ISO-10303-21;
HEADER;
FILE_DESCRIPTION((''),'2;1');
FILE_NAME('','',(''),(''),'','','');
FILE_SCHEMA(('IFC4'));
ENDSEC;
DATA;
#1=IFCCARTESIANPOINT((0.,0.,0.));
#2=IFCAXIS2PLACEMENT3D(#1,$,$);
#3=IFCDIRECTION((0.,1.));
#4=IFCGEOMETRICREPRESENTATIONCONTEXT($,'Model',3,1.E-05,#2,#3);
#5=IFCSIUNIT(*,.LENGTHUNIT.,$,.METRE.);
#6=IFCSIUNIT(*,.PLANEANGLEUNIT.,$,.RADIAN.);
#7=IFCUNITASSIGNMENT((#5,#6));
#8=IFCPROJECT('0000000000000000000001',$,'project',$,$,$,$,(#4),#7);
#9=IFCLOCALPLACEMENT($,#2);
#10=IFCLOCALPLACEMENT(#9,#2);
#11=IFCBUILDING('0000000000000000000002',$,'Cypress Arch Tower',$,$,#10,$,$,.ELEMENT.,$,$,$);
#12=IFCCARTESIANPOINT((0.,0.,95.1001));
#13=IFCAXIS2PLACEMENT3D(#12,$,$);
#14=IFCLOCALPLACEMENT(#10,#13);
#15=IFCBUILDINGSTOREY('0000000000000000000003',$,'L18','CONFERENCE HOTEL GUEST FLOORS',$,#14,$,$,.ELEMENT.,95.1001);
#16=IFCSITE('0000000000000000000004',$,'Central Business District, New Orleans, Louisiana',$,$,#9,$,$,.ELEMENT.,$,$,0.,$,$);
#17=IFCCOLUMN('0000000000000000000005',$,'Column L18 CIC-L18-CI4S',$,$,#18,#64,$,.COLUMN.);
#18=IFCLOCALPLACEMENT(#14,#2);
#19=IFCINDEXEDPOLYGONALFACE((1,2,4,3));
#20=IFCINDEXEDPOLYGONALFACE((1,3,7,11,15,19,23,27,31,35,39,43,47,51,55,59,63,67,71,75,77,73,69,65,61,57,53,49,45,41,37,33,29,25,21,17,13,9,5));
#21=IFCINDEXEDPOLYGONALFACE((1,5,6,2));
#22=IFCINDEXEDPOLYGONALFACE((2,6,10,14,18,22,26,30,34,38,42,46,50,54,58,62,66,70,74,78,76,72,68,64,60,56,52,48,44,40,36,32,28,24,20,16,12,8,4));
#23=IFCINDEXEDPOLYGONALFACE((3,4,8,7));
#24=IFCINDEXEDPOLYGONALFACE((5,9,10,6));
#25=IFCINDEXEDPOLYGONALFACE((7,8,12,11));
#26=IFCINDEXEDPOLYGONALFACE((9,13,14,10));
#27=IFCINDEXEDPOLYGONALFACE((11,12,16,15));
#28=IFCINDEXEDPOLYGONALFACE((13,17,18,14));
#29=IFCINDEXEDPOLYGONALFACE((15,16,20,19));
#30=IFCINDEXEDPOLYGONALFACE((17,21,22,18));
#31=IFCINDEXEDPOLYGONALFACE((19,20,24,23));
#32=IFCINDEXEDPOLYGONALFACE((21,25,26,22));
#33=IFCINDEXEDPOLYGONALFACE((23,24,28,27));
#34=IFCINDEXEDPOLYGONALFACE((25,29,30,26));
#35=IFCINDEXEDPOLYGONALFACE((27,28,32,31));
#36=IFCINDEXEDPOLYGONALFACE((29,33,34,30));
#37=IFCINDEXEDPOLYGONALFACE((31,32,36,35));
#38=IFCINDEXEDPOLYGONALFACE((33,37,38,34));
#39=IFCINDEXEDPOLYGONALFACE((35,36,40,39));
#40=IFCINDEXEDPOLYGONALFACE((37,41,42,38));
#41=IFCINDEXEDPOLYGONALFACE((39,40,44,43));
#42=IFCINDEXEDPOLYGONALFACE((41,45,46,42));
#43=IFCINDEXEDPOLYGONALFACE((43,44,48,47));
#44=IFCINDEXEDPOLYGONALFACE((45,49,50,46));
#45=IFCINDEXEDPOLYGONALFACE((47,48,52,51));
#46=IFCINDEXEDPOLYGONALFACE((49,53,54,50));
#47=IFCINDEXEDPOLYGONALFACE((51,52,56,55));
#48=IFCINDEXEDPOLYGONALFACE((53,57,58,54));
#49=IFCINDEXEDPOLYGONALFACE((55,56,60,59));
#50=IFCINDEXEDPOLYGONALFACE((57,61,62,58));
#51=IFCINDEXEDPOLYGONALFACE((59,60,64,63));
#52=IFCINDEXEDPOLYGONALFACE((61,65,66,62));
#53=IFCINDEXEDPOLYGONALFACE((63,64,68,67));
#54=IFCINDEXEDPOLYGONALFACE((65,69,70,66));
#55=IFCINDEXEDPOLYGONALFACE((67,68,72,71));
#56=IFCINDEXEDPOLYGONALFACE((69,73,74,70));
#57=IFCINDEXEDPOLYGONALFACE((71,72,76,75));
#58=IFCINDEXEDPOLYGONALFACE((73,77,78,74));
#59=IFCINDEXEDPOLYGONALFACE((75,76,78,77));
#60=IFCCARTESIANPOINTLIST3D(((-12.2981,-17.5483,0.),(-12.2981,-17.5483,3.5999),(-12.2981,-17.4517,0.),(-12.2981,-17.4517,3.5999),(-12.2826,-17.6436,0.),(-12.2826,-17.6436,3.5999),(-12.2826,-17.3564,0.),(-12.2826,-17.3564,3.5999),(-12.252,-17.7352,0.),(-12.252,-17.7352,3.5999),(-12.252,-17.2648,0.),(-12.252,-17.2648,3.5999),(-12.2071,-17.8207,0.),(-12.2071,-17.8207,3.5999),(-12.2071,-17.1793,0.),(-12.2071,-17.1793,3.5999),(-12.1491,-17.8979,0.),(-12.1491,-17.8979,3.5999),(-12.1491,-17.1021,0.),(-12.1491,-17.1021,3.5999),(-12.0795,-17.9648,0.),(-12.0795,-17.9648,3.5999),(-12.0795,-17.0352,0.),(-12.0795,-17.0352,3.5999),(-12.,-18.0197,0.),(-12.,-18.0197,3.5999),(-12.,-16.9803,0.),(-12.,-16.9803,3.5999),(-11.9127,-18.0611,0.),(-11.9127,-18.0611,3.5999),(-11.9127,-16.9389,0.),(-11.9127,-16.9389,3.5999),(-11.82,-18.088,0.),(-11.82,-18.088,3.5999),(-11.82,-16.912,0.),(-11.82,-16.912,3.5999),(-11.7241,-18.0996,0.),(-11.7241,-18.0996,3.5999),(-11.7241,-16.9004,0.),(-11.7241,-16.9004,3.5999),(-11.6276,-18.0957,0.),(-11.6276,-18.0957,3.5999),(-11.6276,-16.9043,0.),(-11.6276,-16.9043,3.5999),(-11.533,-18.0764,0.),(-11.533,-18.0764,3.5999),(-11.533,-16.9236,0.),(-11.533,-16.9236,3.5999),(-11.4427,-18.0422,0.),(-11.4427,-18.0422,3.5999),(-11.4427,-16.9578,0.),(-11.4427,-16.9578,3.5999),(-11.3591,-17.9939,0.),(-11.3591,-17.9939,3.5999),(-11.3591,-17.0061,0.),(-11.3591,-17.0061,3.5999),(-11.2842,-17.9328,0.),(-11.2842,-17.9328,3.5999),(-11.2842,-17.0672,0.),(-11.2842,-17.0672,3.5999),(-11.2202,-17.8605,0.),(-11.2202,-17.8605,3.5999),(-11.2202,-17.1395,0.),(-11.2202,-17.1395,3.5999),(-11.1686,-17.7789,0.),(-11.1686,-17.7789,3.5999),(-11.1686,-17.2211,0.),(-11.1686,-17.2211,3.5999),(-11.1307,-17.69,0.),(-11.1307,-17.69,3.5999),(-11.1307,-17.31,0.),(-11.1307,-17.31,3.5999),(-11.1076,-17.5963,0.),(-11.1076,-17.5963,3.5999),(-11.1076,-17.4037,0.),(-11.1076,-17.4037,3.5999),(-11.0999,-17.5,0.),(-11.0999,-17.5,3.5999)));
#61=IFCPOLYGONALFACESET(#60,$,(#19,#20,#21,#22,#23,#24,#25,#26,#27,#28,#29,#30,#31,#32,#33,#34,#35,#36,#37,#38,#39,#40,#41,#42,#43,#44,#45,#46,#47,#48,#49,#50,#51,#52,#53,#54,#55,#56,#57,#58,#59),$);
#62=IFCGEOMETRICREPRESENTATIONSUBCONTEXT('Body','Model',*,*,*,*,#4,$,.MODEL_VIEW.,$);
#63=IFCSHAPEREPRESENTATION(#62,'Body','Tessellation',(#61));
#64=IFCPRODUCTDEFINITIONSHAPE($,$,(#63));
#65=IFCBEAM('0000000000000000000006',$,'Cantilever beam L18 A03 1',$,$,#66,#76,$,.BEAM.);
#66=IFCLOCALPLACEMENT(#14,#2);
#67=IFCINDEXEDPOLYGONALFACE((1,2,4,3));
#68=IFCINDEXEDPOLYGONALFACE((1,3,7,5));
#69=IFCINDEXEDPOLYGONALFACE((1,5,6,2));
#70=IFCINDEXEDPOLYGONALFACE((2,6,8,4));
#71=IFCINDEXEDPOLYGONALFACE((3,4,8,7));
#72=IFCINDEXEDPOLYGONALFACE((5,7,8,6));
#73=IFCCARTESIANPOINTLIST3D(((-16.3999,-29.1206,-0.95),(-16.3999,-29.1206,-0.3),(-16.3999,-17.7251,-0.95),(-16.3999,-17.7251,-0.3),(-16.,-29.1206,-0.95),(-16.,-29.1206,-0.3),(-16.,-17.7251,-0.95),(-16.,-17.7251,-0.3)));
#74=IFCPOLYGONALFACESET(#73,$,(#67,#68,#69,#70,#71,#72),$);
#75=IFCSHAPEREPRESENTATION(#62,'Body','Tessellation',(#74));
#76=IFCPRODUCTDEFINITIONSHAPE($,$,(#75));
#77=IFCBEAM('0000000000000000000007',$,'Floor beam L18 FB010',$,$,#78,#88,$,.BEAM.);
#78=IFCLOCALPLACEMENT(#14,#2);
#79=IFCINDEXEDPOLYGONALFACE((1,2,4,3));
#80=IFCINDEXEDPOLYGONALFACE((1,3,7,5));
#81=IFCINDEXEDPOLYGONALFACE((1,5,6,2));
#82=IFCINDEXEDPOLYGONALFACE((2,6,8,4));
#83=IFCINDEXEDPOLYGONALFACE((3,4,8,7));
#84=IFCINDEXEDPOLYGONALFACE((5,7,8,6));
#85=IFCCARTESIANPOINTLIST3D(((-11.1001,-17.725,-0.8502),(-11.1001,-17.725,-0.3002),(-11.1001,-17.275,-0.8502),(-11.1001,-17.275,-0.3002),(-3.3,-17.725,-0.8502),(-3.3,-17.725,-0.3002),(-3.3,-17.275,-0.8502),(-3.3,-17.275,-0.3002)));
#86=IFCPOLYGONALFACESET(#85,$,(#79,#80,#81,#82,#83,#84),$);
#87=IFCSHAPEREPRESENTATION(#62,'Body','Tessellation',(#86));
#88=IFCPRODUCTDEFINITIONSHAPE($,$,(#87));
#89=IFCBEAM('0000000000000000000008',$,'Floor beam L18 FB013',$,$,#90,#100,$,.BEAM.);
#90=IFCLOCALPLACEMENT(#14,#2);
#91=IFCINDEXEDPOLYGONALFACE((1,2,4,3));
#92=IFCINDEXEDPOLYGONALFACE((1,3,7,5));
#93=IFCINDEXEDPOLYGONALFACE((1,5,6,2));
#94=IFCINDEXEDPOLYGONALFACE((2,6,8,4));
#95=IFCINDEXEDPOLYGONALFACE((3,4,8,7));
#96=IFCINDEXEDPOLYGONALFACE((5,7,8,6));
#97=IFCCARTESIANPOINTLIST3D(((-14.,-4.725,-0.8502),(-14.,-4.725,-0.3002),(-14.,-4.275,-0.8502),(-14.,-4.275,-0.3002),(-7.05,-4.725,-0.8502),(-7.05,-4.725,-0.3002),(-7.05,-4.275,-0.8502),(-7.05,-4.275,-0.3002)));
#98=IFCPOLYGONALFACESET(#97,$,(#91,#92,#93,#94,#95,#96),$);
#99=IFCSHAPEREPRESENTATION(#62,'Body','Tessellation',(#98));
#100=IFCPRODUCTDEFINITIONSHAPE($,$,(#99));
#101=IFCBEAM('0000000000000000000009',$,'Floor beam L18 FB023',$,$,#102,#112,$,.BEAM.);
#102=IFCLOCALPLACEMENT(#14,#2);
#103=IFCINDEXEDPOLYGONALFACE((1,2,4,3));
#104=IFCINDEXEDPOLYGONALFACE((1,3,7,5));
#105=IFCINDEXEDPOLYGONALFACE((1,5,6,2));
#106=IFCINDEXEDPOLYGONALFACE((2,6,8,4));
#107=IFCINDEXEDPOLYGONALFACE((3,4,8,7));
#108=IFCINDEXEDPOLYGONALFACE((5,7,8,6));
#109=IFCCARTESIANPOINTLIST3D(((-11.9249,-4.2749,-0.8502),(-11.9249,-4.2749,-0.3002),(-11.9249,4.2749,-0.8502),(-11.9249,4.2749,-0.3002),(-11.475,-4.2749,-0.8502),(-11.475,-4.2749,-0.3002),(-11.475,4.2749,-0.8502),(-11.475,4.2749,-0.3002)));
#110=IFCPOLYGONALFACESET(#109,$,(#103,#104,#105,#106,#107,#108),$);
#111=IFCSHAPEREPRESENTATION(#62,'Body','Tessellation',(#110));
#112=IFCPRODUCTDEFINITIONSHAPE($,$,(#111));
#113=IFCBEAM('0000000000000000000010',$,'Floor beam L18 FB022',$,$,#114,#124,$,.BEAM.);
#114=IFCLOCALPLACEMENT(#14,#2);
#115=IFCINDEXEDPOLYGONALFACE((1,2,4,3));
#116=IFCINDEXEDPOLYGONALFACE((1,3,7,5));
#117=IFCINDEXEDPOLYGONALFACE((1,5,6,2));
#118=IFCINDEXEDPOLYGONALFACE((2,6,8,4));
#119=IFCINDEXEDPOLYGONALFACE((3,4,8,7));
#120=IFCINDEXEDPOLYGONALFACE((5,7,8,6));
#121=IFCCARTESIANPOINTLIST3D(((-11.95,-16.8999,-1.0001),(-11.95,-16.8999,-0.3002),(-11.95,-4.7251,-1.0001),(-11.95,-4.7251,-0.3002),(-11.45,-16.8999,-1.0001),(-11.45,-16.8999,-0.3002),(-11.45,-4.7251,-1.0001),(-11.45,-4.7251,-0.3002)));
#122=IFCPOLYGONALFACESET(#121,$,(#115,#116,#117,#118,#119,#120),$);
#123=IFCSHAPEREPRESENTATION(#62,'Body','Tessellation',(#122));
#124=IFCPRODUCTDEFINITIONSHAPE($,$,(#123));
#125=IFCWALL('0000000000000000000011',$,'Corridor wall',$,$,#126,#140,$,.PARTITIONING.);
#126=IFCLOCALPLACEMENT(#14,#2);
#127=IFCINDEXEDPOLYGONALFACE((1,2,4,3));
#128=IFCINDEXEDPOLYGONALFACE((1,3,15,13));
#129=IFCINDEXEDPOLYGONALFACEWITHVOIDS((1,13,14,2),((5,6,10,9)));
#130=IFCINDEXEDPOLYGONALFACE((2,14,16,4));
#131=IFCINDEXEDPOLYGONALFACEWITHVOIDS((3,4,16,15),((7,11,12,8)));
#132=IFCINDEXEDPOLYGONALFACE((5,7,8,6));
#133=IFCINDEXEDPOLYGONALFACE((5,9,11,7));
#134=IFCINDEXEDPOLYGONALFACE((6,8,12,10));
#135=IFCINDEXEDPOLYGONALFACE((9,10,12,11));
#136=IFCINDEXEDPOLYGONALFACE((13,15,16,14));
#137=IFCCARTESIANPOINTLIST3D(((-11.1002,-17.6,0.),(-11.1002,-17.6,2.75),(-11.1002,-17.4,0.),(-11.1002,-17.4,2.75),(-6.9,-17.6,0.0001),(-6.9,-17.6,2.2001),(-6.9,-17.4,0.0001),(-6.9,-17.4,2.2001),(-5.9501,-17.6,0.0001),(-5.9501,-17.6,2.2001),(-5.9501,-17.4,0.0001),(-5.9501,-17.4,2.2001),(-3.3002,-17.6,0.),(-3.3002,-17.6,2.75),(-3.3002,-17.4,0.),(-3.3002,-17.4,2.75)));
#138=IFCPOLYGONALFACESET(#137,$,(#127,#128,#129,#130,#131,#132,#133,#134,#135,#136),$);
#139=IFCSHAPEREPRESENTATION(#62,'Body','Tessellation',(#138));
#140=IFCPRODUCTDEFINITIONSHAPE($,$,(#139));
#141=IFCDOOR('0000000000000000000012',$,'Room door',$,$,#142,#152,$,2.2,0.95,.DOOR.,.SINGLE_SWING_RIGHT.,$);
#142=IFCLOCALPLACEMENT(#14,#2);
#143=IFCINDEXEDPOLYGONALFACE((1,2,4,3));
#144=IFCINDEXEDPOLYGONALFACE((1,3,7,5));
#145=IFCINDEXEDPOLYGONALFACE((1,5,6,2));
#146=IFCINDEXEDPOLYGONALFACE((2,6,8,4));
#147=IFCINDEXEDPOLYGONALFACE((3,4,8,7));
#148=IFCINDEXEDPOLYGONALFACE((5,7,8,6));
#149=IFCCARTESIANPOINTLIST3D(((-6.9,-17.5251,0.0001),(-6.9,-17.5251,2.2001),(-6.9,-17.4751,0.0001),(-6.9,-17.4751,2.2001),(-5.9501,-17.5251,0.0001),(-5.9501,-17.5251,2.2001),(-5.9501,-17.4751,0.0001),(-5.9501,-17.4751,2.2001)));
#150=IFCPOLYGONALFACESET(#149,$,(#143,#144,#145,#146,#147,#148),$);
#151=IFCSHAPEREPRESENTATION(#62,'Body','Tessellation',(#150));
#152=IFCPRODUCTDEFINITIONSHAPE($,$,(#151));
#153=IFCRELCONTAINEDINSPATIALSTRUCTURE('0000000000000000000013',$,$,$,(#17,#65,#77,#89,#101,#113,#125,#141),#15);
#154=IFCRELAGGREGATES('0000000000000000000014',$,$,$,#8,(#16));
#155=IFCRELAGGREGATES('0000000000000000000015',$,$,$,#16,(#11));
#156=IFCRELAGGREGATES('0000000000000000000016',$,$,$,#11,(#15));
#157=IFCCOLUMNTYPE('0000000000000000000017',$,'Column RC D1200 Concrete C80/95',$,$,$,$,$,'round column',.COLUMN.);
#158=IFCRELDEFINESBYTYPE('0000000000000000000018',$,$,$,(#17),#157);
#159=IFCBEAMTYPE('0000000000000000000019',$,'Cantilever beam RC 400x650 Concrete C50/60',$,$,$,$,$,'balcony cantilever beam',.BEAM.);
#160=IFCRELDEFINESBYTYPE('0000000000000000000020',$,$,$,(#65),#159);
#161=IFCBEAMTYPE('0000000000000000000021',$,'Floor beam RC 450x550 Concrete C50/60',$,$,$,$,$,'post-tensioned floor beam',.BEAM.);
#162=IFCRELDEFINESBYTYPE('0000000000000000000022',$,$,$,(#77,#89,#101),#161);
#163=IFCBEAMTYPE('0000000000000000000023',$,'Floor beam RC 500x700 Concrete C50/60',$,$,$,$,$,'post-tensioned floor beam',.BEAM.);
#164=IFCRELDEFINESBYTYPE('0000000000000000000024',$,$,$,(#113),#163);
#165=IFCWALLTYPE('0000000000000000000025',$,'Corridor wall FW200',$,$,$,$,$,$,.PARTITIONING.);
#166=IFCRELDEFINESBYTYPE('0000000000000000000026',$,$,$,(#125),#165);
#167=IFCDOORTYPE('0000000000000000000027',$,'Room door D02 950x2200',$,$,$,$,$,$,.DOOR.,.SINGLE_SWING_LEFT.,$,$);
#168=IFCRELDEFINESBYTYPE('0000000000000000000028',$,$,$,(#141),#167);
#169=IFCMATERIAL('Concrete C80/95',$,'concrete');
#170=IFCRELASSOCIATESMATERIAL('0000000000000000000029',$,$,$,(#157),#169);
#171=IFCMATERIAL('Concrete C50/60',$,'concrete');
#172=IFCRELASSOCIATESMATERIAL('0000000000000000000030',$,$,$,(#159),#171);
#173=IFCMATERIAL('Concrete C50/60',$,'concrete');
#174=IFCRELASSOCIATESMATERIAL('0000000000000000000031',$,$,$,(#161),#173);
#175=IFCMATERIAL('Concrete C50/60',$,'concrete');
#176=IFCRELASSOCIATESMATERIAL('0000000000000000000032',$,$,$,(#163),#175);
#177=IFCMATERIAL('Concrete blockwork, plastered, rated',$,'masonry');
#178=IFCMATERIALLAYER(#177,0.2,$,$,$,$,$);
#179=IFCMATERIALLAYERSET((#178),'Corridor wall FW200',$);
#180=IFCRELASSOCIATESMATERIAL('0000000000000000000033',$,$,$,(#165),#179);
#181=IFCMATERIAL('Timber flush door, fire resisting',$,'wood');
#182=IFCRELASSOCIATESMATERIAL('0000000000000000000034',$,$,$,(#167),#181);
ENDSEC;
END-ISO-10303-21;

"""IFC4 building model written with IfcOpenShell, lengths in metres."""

from ifc_helpers import new_model, si_unit, direction, frame, frame_2d, origin, origin_2d, place, context, subcontext, project, spatial, rectangle, circle, extrude, material, layer, layer_set, material_profile, profile_set, type_object, element, fill, save


model = new_model("IFC4")

# Units and contexts
model_context = context("Model", 3, precision=1e-05, world=origin(), true_north=direction((0.0, 1.0)))
body_context = subcontext(model_context, "Body", "Model", "MODEL_VIEW")
ifc_project = project(units=[si_unit("LENGTHUNIT", "METRE"), si_unit("PLANEANGLEUNIT", "RADIAN")], contexts=[model_context])

# Site, building, storey
site_placement = place(None, origin())
site = spatial("IfcSite", under=ifc_project, at=site_placement, Name="Central Business District, New Orleans, Louisiana", CompositionType="ELEMENT", RefElevation=0.0)
building_placement = place(site_placement, origin())
building = spatial("IfcBuilding", under=site, at=building_placement, Name="Cypress Arch Tower", CompositionType="ELEMENT")
storey_placement = place(building_placement, frame((0.0, 0.0, 95.1001)))
storey = spatial("IfcBuildingStorey", under=building, at=storey_placement, Name="L18", Description="CONFERENCE HOTEL GUEST FLOORS", CompositionType="ELEMENT", Elevation=95.1001)

# Column
ifc_material_1 = material(Name="Concrete C80/95", Category="concrete")
ifc_material_profile_1 = material_profile(ifc_material_1, circle(Radius=0.6001, at=origin_2d()), Name="RC D1200")
ifc_profile_set_1 = profile_set([ifc_material_profile_1], Name="Concrete C80/95")
column_type = type_object("IfcColumnType", Name="Column RC D1200 Concrete C80/95", ElementType="round column", PredefinedType="COLUMN", material=ifc_profile_set_1)
column_placement = place(storey_placement, frame((-11.7, -17.5, 0.0), z_axis=(0.0, 0.0, 1.0), x_axis=(1.0, 0.0, 0.0)))
element("IfcColumn", 1, at=column_placement, inside=storey, type_object=column_type, Name="Column L18 CIC-L18-CI4S", PredefinedType="COLUMN", context=body_context, shape_type="SweptSolid", body=[
    extrude(circle(Radius=0.6001, at=origin_2d()), origin(), (0.0, 0.0, 1.0), 3.5999),
])

# Beams
ifc_material_2 = material(Name="Concrete C50/60", Category="concrete")
ifc_material_profile_2 = material_profile(ifc_material_2, rectangle(XDim=0.3999, YDim=0.6499, at=origin_2d()), Name="RC 400x650")
ifc_profile_set_2 = profile_set([ifc_material_profile_2], Name="Concrete C50/60")
beam_type_1 = type_object("IfcBeamType", Name="Cantilever beam RC 400x650 Concrete C50/60", ElementType="balcony cantilever beam", PredefinedType="BEAM", material=ifc_profile_set_2)
beam_1_placement = place(storey_placement, frame((-16.2, -17.7251, -0.625), z_axis=(0.0, -1.0, 0.0), x_axis=(1.0, 0.0, 0.0)))
element("IfcBeam", 2, at=beam_1_placement, inside=storey, type_object=beam_type_1, Name="Cantilever beam L18 A03 1", PredefinedType="BEAM", context=body_context, shape_type="SweptSolid", body=[
    extrude(rectangle(XDim=0.3999, YDim=0.6499, at=origin_2d()), origin(), (0.0, 0.0, 1.0), 11.3955),
])
ifc_material_3 = material(Name="Concrete C50/60", Category="concrete")
ifc_material_profile_3 = material_profile(ifc_material_3, rectangle(XDim=0.45, YDim=0.55, at=origin_2d()), Name="RC 450x550")
ifc_profile_set_3 = profile_set([ifc_material_profile_3], Name="Concrete C50/60")
beam_type_2 = type_object("IfcBeamType", Name="Floor beam RC 450x550 Concrete C50/60", ElementType="post-tensioned floor beam", PredefinedType="BEAM", material=ifc_profile_set_3)
beam_2_placement = place(storey_placement, frame((-11.1001, -17.5, -0.5752), z_axis=(1.0, 0.0, 0.0), x_axis=(0.0, 1.0, 0.0)))
element("IfcBeam", 3, at=beam_2_placement, inside=storey, type_object=beam_type_2, Name="Floor beam L18 FB010", PredefinedType="BEAM", context=body_context, shape_type="SweptSolid", body=[
    extrude(rectangle(XDim=0.45, YDim=0.55, at=origin_2d()), origin(), (0.0, 0.0, 1.0), 7.8),
])
beam_3_placement = place(storey_placement, frame((-14.0, -4.5, -0.5752), z_axis=(1.0, 0.0, 0.0), x_axis=(0.0, 1.0, 0.0)))
element("IfcBeam", 4, at=beam_3_placement, inside=storey, type_object=beam_type_2, Name="Floor beam L18 FB013", PredefinedType="BEAM", context=body_context, shape_type="SweptSolid", body=[
    extrude(rectangle(XDim=0.45, YDim=0.55, at=origin_2d()), origin(), (0.0, 0.0, 1.0), 6.95),
])
beam_4_placement = place(storey_placement, frame((-11.7, -4.2749, -0.5752), z_axis=(0.0, 1.0, 0.0), x_axis=(-1.0, 0.0, 0.0)))
element("IfcBeam", 5, at=beam_4_placement, inside=storey, type_object=beam_type_2, Name="Floor beam L18 FB023", PredefinedType="BEAM", context=body_context, shape_type="SweptSolid", body=[
    extrude(rectangle(XDim=0.45, YDim=0.55, at=origin_2d()), origin(), (0.0, 0.0, 1.0), 8.5498),
])
ifc_material_4 = material(Name="Concrete C50/60", Category="concrete")
ifc_material_profile_4 = material_profile(ifc_material_4, rectangle(XDim=0.5, YDim=0.7, at=origin_2d()), Name="RC 500x700")
ifc_profile_set_4 = profile_set([ifc_material_profile_4], Name="Concrete C50/60")
beam_type_3 = type_object("IfcBeamType", Name="Floor beam RC 500x700 Concrete C50/60", ElementType="post-tensioned floor beam", PredefinedType="BEAM", material=ifc_profile_set_4)
beam_5_placement = place(storey_placement, frame((-11.7, -16.8999, -0.6501), z_axis=(0.0, 1.0, 0.0), x_axis=(-1.0, 0.0, 0.0)))
element("IfcBeam", 6, at=beam_5_placement, inside=storey, type_object=beam_type_3, Name="Floor beam L18 FB022", PredefinedType="BEAM", context=body_context, shape_type="SweptSolid", body=[
    extrude(rectangle(XDim=0.5, YDim=0.7, at=origin_2d()), origin(), (0.0, 0.0, 1.0), 12.1748),
])

# Wall, opening, door
ifc_material_5 = material(Name="Concrete blockwork, plastered, rated", Category="masonry")
ifc_layer_1 = layer(ifc_material_5, 0.2)
ifc_layer_set_1 = layer_set([ifc_layer_1], Name="Corridor wall FW200")
wall_type_1 = type_object("IfcWallType", Name="Corridor wall FW200", PredefinedType="PARTITIONING", material=ifc_layer_set_1)
wall_1_placement = place(storey_placement, frame((-11.1001, -17.5, 0.0), z_axis=(0.0, 0.0, 1.0), x_axis=(1.0, 0.0, 0.0)))
wall_1 = element("IfcWall", 7, at=wall_1_placement, inside=storey, type_object=wall_type_1, Name="Corridor wall", PredefinedType="PARTITIONING", context=body_context, shape_type="SweptSolid", body=[
    extrude(rectangle(XDim=7.8, YDim=0.2, at=frame_2d((3.8999, 0.0))), origin(), (0.0, 0.0, 1.0), 2.75),
])
opening_1_placement = place(wall_1_placement, frame((4.2, 0.0, 0.0)))
opening_1 = element("IfcOpeningElement", 8, at=opening_1_placement, cuts=wall_1, PredefinedType="OPENING", context=body_context, shape_type="SweptSolid", body=[
    extrude(rectangle(XDim=0.95, YDim=2.2, at=frame_2d((0.4751, 1.1001))), frame((0.0, 0.1099, 0.0), z_axis=(0.0, -1.0, 0.0), x_axis=(1.0, 0.0, 0.0)), (0.0, 0.0, 1.0), 0.22),
])
ifc_material_6 = material(Name="Timber flush door, fire resisting", Category="wood")
door_type_1 = type_object("IfcDoorType", Name="Room door D02 950x2200", OperationType="SINGLE_SWING_LEFT", PredefinedType="DOOR", material=ifc_material_6)
door_1_placement = place(opening_1_placement, origin())
door_1 = element("IfcDoor", 9, at=door_1_placement, inside=storey, type_object=door_type_1, Name="Room door", OperationType="SINGLE_SWING_RIGHT", OverallHeight=2.2, OverallWidth=0.95, PredefinedType="DOOR", context=body_context, shape_type="SweptSolid", body=[
    extrude(rectangle(XDim=0.95, YDim=2.2, at=frame_2d((0.4751, 1.1001))), frame((0.0, 0.0249, 0.0), z_axis=(0.0, -1.0, 0.0), x_axis=(1.0, 0.0, 0.0)), (0.0, 0.0, 1.0), 0.05),
])
fill(opening_1, door_1)

save(model, "model.ifc")
